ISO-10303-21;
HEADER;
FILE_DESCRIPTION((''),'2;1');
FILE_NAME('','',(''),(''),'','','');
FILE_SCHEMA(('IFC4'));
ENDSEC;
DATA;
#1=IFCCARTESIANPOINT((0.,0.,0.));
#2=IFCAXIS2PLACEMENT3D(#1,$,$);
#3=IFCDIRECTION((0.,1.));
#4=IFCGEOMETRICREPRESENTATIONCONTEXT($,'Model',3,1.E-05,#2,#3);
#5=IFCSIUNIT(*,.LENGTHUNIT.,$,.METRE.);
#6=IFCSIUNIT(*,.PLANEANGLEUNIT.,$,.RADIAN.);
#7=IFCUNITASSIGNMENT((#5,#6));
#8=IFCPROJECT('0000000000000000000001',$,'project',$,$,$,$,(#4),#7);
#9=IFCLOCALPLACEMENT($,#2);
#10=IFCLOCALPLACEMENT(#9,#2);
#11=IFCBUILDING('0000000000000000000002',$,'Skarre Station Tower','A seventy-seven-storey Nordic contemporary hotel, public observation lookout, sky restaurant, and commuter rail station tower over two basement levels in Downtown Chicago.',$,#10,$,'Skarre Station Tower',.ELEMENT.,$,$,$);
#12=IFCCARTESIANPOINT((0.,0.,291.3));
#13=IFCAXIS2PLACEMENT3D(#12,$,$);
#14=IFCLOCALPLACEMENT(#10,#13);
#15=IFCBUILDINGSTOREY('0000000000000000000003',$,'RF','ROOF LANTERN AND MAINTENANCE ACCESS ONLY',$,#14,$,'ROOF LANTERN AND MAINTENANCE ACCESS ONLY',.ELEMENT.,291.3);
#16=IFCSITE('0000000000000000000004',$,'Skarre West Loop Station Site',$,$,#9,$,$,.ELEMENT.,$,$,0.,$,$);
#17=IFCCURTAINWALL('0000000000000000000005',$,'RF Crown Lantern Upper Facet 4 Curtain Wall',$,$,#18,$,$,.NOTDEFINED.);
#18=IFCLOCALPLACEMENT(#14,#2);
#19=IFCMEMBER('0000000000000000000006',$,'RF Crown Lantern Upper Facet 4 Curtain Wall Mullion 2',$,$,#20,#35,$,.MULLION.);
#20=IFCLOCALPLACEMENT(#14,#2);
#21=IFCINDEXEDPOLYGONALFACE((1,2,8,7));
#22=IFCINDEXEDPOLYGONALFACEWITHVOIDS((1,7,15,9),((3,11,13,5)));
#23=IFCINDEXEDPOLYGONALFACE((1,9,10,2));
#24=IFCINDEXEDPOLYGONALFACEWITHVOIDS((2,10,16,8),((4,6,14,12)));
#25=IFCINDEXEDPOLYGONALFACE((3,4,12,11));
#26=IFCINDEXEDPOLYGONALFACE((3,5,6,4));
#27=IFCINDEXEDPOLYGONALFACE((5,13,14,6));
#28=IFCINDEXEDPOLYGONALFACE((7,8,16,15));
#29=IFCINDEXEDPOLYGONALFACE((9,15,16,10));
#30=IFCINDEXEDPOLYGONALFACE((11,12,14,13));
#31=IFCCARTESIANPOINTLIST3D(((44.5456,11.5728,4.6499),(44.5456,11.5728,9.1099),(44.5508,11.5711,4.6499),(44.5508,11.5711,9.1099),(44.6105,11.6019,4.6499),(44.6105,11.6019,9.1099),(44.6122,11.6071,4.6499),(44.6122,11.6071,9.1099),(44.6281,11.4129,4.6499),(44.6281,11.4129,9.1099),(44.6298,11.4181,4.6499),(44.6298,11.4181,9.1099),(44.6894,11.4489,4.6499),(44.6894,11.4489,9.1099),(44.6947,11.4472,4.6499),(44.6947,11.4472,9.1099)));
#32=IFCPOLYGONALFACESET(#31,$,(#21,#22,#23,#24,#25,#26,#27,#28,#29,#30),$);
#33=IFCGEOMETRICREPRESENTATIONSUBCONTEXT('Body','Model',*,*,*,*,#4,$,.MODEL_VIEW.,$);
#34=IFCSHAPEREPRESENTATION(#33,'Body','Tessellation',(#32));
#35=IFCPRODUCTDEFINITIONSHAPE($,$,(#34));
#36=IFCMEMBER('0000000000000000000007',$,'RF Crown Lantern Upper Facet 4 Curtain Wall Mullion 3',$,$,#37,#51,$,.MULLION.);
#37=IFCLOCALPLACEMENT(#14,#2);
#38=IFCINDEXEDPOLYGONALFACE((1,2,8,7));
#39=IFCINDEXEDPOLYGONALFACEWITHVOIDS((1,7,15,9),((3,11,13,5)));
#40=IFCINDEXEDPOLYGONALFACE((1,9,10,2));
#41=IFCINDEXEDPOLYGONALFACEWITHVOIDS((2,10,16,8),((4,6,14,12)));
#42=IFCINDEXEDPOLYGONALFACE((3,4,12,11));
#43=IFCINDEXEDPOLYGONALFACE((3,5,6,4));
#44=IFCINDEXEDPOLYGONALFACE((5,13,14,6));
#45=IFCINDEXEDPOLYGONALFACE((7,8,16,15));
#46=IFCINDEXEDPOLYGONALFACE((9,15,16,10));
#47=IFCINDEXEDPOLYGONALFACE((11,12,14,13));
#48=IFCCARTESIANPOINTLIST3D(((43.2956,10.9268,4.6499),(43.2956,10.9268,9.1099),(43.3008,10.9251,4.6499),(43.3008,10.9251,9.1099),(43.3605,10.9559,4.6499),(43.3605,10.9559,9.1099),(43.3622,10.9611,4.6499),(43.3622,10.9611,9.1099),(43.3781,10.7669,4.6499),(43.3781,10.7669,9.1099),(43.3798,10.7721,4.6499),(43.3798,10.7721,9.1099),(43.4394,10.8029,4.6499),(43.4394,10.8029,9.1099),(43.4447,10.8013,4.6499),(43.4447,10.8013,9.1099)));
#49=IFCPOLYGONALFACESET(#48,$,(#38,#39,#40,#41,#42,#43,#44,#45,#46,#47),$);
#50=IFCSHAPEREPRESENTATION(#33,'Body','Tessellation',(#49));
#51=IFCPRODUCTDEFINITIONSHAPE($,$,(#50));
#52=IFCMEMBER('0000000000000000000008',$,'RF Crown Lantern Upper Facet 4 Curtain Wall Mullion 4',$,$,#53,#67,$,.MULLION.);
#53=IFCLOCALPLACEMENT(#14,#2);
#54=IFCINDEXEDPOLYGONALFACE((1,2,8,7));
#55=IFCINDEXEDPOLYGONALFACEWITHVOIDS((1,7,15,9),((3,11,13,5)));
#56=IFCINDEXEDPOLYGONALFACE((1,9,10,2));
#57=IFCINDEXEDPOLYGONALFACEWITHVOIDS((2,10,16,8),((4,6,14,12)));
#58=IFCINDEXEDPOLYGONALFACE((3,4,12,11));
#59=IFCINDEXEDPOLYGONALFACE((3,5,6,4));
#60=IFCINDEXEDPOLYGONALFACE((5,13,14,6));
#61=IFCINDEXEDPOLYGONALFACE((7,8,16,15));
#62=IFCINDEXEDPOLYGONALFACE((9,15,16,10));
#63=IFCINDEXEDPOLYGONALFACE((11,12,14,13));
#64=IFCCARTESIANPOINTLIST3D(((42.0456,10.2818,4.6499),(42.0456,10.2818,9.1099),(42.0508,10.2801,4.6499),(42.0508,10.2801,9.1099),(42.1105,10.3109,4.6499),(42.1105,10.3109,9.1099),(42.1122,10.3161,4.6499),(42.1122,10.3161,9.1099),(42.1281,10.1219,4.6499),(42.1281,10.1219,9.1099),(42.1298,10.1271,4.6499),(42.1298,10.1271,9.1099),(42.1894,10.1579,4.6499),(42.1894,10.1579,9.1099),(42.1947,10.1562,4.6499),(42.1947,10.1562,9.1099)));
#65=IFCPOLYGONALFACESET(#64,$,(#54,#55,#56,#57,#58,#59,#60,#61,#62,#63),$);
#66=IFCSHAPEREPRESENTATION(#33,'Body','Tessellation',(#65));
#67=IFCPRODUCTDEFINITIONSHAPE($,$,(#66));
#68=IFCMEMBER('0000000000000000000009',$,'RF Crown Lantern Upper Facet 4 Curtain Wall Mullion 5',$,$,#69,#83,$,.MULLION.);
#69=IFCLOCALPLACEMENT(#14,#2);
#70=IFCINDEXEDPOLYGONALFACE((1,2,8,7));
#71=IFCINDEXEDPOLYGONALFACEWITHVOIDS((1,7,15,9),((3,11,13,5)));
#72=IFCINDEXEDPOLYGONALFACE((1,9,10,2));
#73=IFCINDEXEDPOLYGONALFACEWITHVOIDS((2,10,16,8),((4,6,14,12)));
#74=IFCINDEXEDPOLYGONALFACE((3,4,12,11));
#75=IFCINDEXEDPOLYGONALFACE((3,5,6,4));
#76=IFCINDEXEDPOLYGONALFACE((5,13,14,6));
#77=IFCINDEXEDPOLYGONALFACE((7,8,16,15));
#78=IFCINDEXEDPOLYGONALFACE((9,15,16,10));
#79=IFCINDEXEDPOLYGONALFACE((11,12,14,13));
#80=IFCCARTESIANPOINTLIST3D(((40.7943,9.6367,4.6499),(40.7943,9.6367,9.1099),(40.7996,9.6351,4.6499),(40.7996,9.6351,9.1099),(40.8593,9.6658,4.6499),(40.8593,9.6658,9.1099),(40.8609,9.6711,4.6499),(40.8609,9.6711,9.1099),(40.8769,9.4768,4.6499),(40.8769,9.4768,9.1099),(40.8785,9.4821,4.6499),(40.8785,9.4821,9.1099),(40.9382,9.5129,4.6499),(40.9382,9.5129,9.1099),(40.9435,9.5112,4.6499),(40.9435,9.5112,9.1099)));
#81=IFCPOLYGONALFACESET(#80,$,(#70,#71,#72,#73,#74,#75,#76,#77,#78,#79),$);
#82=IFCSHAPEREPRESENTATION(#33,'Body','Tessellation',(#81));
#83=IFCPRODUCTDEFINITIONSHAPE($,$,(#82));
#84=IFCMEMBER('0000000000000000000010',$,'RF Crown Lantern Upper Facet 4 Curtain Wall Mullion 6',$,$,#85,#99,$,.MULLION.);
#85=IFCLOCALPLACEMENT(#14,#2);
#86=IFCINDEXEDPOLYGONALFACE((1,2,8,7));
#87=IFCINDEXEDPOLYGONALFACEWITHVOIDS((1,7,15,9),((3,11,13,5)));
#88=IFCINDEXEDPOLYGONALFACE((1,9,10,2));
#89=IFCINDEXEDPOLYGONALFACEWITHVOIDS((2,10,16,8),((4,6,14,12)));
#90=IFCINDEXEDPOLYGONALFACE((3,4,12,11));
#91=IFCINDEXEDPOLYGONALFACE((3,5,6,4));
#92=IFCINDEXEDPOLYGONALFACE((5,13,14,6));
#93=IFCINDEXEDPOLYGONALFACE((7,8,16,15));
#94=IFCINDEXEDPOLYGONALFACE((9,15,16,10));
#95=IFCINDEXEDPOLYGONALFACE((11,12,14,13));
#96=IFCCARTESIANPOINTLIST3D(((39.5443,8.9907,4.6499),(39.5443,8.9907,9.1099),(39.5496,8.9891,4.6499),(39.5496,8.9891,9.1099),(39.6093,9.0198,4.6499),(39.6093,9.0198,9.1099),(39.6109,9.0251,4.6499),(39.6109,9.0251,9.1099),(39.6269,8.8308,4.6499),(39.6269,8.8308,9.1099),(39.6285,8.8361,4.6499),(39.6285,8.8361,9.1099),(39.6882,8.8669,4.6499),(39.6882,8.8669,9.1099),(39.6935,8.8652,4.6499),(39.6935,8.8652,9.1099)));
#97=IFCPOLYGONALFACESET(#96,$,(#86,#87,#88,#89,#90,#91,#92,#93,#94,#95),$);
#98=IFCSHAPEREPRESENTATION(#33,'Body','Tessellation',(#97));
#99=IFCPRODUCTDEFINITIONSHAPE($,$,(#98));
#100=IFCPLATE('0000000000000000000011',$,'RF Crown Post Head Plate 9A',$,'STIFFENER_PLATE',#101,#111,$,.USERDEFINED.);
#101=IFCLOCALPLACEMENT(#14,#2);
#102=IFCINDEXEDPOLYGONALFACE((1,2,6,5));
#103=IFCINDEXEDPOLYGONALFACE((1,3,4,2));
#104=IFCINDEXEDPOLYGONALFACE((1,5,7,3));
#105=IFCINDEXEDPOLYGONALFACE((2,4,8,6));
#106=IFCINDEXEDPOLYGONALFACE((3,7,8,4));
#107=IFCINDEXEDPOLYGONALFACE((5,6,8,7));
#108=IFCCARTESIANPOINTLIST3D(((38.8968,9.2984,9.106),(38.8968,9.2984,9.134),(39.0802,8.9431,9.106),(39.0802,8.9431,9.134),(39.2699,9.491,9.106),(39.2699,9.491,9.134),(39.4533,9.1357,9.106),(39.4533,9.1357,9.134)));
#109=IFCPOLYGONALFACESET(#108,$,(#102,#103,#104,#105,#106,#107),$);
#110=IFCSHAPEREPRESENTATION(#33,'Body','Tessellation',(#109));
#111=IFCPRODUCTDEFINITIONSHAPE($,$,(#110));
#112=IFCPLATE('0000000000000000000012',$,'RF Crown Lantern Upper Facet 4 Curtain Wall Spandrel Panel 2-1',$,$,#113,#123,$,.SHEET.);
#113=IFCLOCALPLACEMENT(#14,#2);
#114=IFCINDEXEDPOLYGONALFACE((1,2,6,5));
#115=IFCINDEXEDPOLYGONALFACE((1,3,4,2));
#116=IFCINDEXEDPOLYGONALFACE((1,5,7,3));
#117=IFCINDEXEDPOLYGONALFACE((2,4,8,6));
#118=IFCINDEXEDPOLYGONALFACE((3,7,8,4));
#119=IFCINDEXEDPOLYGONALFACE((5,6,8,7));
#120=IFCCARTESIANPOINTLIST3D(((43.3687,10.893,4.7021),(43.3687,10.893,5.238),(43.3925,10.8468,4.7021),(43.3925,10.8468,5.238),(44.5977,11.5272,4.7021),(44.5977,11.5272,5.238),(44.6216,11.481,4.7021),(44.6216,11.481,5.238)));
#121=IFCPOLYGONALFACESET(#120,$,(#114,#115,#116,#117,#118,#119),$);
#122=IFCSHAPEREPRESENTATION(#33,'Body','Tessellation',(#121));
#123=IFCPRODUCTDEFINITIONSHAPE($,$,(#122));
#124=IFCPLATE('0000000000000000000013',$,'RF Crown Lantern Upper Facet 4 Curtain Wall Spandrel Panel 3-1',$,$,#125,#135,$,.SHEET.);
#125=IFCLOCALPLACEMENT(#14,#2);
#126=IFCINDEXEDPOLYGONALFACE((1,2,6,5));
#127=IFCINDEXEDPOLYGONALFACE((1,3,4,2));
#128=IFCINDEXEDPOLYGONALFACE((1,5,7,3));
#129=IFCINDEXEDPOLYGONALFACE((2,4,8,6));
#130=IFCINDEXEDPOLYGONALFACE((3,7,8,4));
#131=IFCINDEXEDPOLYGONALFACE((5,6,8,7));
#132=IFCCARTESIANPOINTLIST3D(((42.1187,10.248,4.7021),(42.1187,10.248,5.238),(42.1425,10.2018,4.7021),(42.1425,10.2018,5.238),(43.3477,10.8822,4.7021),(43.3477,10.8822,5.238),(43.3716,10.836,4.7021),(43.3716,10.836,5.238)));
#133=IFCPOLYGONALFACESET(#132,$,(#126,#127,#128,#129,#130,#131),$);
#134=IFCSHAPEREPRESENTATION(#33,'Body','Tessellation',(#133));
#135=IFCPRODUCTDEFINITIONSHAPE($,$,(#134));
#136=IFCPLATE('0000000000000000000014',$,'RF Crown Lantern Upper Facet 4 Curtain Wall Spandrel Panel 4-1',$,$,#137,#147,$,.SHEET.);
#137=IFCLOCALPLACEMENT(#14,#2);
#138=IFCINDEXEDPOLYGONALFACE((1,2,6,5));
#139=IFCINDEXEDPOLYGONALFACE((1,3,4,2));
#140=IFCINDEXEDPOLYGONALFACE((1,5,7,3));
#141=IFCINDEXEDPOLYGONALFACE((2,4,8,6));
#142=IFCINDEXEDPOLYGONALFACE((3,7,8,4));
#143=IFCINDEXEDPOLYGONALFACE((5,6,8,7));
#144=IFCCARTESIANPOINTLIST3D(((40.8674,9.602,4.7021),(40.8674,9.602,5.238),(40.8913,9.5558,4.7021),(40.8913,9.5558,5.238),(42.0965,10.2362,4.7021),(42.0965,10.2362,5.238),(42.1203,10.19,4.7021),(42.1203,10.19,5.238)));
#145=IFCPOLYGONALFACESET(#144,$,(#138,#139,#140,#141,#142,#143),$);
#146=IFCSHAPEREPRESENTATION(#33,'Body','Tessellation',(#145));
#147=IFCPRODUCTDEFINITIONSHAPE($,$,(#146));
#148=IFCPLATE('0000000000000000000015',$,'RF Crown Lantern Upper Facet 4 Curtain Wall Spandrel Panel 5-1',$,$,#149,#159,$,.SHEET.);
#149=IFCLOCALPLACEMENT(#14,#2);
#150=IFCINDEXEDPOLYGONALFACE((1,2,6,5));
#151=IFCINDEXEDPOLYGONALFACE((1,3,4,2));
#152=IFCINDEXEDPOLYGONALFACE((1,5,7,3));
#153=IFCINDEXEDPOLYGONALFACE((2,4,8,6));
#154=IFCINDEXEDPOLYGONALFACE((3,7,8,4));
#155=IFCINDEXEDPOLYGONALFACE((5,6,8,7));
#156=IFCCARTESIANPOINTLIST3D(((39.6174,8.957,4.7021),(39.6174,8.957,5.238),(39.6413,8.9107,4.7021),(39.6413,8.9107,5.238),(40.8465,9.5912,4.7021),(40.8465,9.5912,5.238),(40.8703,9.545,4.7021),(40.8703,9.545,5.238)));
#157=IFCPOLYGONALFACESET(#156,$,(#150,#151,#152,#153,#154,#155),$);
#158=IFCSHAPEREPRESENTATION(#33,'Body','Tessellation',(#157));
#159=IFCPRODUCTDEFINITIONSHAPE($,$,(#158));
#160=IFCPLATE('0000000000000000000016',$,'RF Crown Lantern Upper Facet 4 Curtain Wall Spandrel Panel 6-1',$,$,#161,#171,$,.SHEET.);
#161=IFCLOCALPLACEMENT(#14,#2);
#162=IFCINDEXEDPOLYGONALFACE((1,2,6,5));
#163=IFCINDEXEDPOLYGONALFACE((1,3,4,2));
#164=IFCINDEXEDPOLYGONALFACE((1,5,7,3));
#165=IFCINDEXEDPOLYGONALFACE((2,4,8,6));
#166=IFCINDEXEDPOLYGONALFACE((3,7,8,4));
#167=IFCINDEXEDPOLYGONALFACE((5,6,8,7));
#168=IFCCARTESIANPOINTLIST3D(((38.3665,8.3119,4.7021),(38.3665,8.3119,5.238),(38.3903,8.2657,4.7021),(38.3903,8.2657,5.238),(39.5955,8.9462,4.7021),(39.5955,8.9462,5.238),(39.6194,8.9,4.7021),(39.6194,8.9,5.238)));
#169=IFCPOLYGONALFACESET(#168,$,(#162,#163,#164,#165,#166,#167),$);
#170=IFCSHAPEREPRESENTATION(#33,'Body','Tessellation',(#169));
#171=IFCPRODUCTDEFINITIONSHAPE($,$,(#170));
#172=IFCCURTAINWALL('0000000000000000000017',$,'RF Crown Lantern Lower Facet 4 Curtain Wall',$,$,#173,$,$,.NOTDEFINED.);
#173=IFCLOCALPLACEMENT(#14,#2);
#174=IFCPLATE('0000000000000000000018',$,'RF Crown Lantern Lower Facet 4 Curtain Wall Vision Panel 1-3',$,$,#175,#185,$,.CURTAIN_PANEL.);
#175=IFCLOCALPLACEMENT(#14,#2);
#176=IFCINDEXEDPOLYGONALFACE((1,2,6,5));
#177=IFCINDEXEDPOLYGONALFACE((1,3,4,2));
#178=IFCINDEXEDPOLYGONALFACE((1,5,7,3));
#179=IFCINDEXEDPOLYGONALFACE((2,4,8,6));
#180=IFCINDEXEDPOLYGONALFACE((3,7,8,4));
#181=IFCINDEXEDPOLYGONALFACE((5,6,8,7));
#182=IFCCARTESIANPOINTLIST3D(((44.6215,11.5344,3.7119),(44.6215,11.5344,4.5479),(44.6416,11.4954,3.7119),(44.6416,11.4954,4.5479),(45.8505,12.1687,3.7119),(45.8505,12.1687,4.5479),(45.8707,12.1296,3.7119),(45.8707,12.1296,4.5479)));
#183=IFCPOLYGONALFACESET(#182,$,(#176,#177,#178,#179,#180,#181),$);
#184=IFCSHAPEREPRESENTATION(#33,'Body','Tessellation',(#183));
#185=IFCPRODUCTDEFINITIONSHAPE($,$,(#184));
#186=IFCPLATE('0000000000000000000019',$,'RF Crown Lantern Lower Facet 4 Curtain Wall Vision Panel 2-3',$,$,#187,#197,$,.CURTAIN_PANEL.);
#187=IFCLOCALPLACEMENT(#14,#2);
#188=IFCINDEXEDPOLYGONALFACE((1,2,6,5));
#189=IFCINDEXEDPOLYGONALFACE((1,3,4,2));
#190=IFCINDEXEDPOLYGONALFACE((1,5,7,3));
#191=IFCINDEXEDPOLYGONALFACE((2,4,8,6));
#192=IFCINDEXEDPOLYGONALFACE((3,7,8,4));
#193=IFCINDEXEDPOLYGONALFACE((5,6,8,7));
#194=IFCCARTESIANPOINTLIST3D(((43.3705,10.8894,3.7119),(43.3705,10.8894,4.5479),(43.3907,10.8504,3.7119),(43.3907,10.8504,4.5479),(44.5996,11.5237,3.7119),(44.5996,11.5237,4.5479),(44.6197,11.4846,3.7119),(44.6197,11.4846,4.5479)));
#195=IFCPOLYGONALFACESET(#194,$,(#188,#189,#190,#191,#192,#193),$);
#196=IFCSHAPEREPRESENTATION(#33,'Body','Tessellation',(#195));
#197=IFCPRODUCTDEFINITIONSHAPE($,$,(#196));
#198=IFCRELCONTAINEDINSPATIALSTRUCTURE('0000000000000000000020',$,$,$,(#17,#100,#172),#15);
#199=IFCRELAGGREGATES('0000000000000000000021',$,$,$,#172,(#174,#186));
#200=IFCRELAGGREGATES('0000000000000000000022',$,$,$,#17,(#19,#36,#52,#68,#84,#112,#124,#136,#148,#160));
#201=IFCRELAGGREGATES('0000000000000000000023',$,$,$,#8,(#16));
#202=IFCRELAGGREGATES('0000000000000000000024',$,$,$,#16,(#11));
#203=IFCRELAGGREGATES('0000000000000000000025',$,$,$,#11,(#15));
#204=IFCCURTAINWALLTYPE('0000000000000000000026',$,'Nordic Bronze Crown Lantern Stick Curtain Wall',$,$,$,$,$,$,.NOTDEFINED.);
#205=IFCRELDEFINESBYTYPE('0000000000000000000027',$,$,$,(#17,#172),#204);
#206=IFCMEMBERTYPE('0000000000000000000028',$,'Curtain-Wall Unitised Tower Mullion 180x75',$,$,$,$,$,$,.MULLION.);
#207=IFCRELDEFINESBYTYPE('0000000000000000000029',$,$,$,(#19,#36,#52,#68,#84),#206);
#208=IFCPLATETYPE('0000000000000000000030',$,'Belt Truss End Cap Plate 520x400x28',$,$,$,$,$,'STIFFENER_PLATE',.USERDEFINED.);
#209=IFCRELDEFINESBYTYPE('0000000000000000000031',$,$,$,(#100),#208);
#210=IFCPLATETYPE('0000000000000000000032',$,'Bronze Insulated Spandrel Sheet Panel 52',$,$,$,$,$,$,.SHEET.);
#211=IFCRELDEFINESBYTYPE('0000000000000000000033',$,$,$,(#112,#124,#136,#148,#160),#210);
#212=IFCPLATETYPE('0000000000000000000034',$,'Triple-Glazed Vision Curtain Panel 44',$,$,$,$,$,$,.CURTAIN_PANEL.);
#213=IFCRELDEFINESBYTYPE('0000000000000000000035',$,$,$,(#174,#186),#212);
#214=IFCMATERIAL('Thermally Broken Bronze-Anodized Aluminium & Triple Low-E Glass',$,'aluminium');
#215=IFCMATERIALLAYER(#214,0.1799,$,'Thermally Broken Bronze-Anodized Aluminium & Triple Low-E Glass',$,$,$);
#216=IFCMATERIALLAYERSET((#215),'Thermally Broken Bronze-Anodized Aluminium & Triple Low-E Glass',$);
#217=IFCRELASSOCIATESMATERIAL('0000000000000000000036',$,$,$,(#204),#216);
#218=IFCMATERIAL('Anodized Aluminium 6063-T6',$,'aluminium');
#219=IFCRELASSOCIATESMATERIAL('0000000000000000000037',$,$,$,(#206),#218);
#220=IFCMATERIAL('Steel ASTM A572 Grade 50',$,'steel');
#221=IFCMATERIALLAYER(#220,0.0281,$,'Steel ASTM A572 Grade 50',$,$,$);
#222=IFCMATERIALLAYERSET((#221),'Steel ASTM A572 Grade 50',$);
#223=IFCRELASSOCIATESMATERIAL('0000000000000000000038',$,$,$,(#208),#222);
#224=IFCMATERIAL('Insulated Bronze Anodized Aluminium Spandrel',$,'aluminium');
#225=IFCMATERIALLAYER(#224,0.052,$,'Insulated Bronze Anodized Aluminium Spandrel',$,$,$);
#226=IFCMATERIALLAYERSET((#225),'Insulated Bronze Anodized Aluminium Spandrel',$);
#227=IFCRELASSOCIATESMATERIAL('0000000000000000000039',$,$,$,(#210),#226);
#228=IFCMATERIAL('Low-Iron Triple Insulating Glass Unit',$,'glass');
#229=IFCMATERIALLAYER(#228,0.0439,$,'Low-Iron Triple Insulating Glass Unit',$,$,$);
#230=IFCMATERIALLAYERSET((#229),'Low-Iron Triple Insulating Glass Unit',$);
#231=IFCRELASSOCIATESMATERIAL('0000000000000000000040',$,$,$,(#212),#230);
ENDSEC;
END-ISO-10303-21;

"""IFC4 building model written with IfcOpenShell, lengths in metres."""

from ifc_helpers import new_model, si_unit, direction, frame, origin, origin_2d, place, context, subcontext, project, spatial, rectangle, hollow_rectangle, extrude, material, layer, layer_set, material_profile, profile_set, type_object, element, aggregate, save


model = new_model("IFC4")

# Units and contexts
model_context = context("Model", 3, precision=1e-05, world=origin(), true_north=direction((0.0, 1.0)))
body_context = subcontext(model_context, "Body", "Model", "MODEL_VIEW")
ifc_project = project(units=[si_unit("LENGTHUNIT", "METRE"), si_unit("PLANEANGLEUNIT", "RADIAN")], contexts=[model_context])

# Site, building, storey
site_placement = place(None, origin())
site = spatial("IfcSite", under=ifc_project, at=site_placement, Name="Skarre West Loop Station Site", CompositionType="ELEMENT", RefElevation=0.0)
building_placement = place(site_placement, origin())
building = spatial("IfcBuilding", under=site, at=building_placement, Name="Skarre Station Tower", Description="A seventy-seven-storey Nordic contemporary hotel, public observation lookout, sky restaurant, and commuter rail station tower over two basement levels in Downtown Chicago.", LongName="Skarre Station Tower", CompositionType="ELEMENT")
storey_placement = place(building_placement, frame((0.0, 0.0, 291.3)))
storey = spatial("IfcBuildingStorey", under=building, at=storey_placement, Name="RF", Description="ROOF LANTERN AND MAINTENANCE ACCESS ONLY", LongName="ROOF LANTERN AND MAINTENANCE ACCESS ONLY", CompositionType="ELEMENT", Elevation=291.3)

# Curtain wall, members
ifc_material_1 = material(Name="Thermally Broken Bronze-Anodized Aluminium & Triple Low-E Glass", Category="aluminium")
ifc_layer_1 = layer(ifc_material_1, 0.1799, Name="Thermally Broken Bronze-Anodized Aluminium & Triple Low-E Glass")
ifc_layer_set_1 = layer_set([ifc_layer_1], Name="Thermally Broken Bronze-Anodized Aluminium & Triple Low-E Glass")
curtain_wall_type = type_object("IfcCurtainWallType", Name="Nordic Bronze Crown Lantern Stick Curtain Wall", PredefinedType="NOTDEFINED", material=ifc_layer_set_1)
curtain_wall_1_placement = place(storey_placement, origin())
curtain_wall_1 = element("IfcCurtainWall", 1, at=curtain_wall_1_placement, inside=storey, type_object=curtain_wall_type, Name="RF Crown Lantern Upper Facet 4 Curtain Wall", PredefinedType="NOTDEFINED")
ifc_material_2 = material(Name="Anodized Aluminium 6063-T6", Category="aluminium")
ifc_material_profile = material_profile(ifc_material_2, hollow_rectangle(XDim=0.075, YDim=0.1799, WallThickness=0.0039, at=origin_2d()), Name="Anodized Aluminium 6063-T6")
ifc_profile_set = profile_set([ifc_material_profile], Name="Anodized Aluminium 6063-T6")
member_type = type_object("IfcMemberType", Name="Curtain-Wall Unitised Tower Mullion 180x75", PredefinedType="MULLION", material=ifc_profile_set)
member_1_placement = place(storey_placement, frame((44.6201, 11.51, 4.6499), z_axis=(0.0, 0.0, 1.0), x_axis=(-0.888649, -0.458588, 0.0)))
member_1 = element("IfcMember", 2, at=member_1_placement, type_object=member_type, Name="RF Crown Lantern Upper Facet 4 Curtain Wall Mullion 2", PredefinedType="MULLION", context=body_context, shape_type="SweptSolid", body=[
    extrude(hollow_rectangle(XDim=0.075, YDim=0.1799, WallThickness=0.0039, at=origin_2d()), origin(), (0.0, 0.0, 1.0), 4.46),
])
member_2_placement = place(storey_placement, frame((43.3701, 10.864, 4.6499), z_axis=(0.0, 0.0, 1.0), x_axis=(-0.888649, -0.458588, 0.0)))
member_2 = element("IfcMember", 3, at=member_2_placement, type_object=member_type, Name="RF Crown Lantern Upper Facet 4 Curtain Wall Mullion 3", PredefinedType="MULLION", context=body_context, shape_type="SweptSolid", body=[
    extrude(hollow_rectangle(XDim=0.075, YDim=0.1799, WallThickness=0.0039, at=origin_2d()), origin(), (0.0, 0.0, 1.0), 4.46),
])
member_3_placement = place(storey_placement, frame((42.1201, 10.219, 4.6499), z_axis=(0.0, 0.0, 1.0), x_axis=(-0.888649, -0.458588, 0.0)))
member_3 = element("IfcMember", 4, at=member_3_placement, type_object=member_type, Name="RF Crown Lantern Upper Facet 4 Curtain Wall Mullion 4", PredefinedType="MULLION", context=body_context, shape_type="SweptSolid", body=[
    extrude(hollow_rectangle(XDim=0.075, YDim=0.1799, WallThickness=0.0039, at=origin_2d()), origin(), (0.0, 0.0, 1.0), 4.46),
])
member_4_placement = place(storey_placement, frame((40.8689, 9.574, 4.6499), z_axis=(0.0, 0.0, 1.0), x_axis=(-0.888649, -0.458588, 0.0)))
member_4 = element("IfcMember", 5, at=member_4_placement, type_object=member_type, Name="RF Crown Lantern Upper Facet 4 Curtain Wall Mullion 5", PredefinedType="MULLION", context=body_context, shape_type="SweptSolid", body=[
    extrude(hollow_rectangle(XDim=0.075, YDim=0.1799, WallThickness=0.0039, at=origin_2d()), origin(), (0.0, 0.0, 1.0), 4.46),
])
member_5_placement = place(storey_placement, frame((39.6189, 8.928, 4.6499), z_axis=(0.0, 0.0, 1.0), x_axis=(-0.888649, -0.458588, 0.0)))
member_5 = element("IfcMember", 6, at=member_5_placement, type_object=member_type, Name="RF Crown Lantern Upper Facet 4 Curtain Wall Mullion 6", PredefinedType="MULLION", context=body_context, shape_type="SweptSolid", body=[
    extrude(hollow_rectangle(XDim=0.075, YDim=0.1799, WallThickness=0.0039, at=origin_2d()), origin(), (0.0, 0.0, 1.0), 4.46),
])

# Plates
ifc_material_3 = material(Name="Steel ASTM A572 Grade 50", Category="steel")
ifc_layer_2 = layer(ifc_material_3, 0.0281, Name="Steel ASTM A572 Grade 50")
ifc_layer_set_2 = layer_set([ifc_layer_2], Name="Steel ASTM A572 Grade 50")
plate_type_1 = type_object("IfcPlateType", Name="Belt Truss End Cap Plate 520x400x28", ElementType="STIFFENER_PLATE", PredefinedType="USERDEFINED", material=ifc_layer_set_2)
plate_1_placement = place(storey_placement, frame((39.175, 9.217, 9.106), z_axis=(0.0, 0.0, 1.0), x_axis=(0.888601, 0.458681, 0.0)))
element("IfcPlate", 7, at=plate_1_placement, inside=storey, type_object=plate_type_1, Name="RF Crown Post Head Plate 9A", ObjectType="STIFFENER_PLATE", PredefinedType="USERDEFINED", context=body_context, shape_type="SweptSolid", body=[
    extrude(rectangle(XDim=0.4199, YDim=0.3999, at=origin_2d()), origin(), (0.0, 0.0, 1.0), 0.0281),
])
ifc_material_4 = material(Name="Insulated Bronze Anodized Aluminium Spandrel", Category="aluminium")
ifc_layer_3 = layer(ifc_material_4, 0.052, Name="Insulated Bronze Anodized Aluminium Spandrel")
ifc_layer_set_3 = layer_set([ifc_layer_3], Name="Insulated Bronze Anodized Aluminium Spandrel")
plate_type_2 = type_object("IfcPlateType", Name="Bronze Insulated Spandrel Sheet Panel 52", PredefinedType="SHEET", material=ifc_layer_set_3)
plate_2_placement = place(storey_placement, frame((43.9951, 11.187, 4.7021), z_axis=(0.0, 0.0, 1.0), x_axis=(-0.888649, -0.458588, 0.0)))
plate_2 = element("IfcPlate", 8, at=plate_2_placement, type_object=plate_type_2, Name="RF Crown Lantern Upper Facet 4 Curtain Wall Spandrel Panel 2-1", PredefinedType="SHEET", context=body_context, shape_type="SweptSolid", body=[
    extrude(rectangle(XDim=1.3831, YDim=0.052, at=origin_2d()), origin(), (0.0, 0.0, 1.0), 0.5359),
])
plate_3_placement = place(storey_placement, frame((42.7451, 10.542, 4.7021), z_axis=(0.0, 0.0, 1.0), x_axis=(-0.888649, -0.458588, 0.0)))
plate_3 = element("IfcPlate", 9, at=plate_3_placement, type_object=plate_type_2, Name="RF Crown Lantern Upper Facet 4 Curtain Wall Spandrel Panel 3-1", PredefinedType="SHEET", context=body_context, shape_type="SweptSolid", body=[
    extrude(rectangle(XDim=1.3831, YDim=0.052, at=origin_2d()), origin(), (0.0, 0.0, 1.0), 0.5359),
])
plate_4_placement = place(storey_placement, frame((41.4939, 9.896, 4.7021), z_axis=(0.0, 0.0, 1.0), x_axis=(-0.888649, -0.458588, 0.0)))
plate_4 = element("IfcPlate", 10, at=plate_4_placement, type_object=plate_type_2, Name="RF Crown Lantern Upper Facet 4 Curtain Wall Spandrel Panel 4-1", PredefinedType="SHEET", context=body_context, shape_type="SweptSolid", body=[
    extrude(rectangle(XDim=1.3831, YDim=0.052, at=origin_2d()), origin(), (0.0, 0.0, 1.0), 0.5359),
])
plate_5_placement = place(storey_placement, frame((40.2439, 9.251, 4.7021), z_axis=(0.0, 0.0, 1.0), x_axis=(-0.888649, -0.458588, 0.0)))
plate_5 = element("IfcPlate", 11, at=plate_5_placement, type_object=plate_type_2, Name="RF Crown Lantern Upper Facet 4 Curtain Wall Spandrel Panel 5-1", PredefinedType="SHEET", context=body_context, shape_type="SweptSolid", body=[
    extrude(rectangle(XDim=1.3831, YDim=0.052, at=origin_2d()), origin(), (0.0, 0.0, 1.0), 0.5359),
])
plate_6_placement = place(storey_placement, frame((38.9929, 8.606, 4.7021), z_axis=(0.0, 0.0, 1.0), x_axis=(-0.888649, -0.458588, 0.0)))
plate_6 = element("IfcPlate", 12, at=plate_6_placement, type_object=plate_type_2, Name="RF Crown Lantern Upper Facet 4 Curtain Wall Spandrel Panel 6-1", PredefinedType="SHEET", context=body_context, shape_type="SweptSolid", body=[
    extrude(rectangle(XDim=1.3831, YDim=0.052, at=origin_2d()), origin(), (0.0, 0.0, 1.0), 0.5359),
])

# Curtain wall, plates
curtain_wall_2_placement = place(storey_placement, origin())
curtain_wall_2 = element("IfcCurtainWall", 13, at=curtain_wall_2_placement, inside=storey, type_object=curtain_wall_type, Name="RF Crown Lantern Lower Facet 4 Curtain Wall", PredefinedType="NOTDEFINED")
ifc_material_5 = material(Name="Low-Iron Triple Insulating Glass Unit", Category="glass")
ifc_layer_4 = layer(ifc_material_5, 0.0439, Name="Low-Iron Triple Insulating Glass Unit")
ifc_layer_set_4 = layer_set([ifc_layer_4], Name="Low-Iron Triple Insulating Glass Unit")
plate_type_3 = type_object("IfcPlateType", Name="Triple-Glazed Vision Curtain Panel 44", PredefinedType="CURTAIN_PANEL", material=ifc_layer_set_4)
plate_7_placement = place(storey_placement, frame((45.2461, 11.832, 3.7119), z_axis=(0.0, 0.0, 1.0), x_axis=(-0.888649, -0.458588, 0.0)))
plate_7 = element("IfcPlate", 14, at=plate_7_placement, type_object=plate_type_3, Name="RF Crown Lantern Lower Facet 4 Curtain Wall Vision Panel 1-3", PredefinedType="CURTAIN_PANEL", context=body_context, shape_type="SweptSolid", body=[
    extrude(rectangle(XDim=1.3831, YDim=0.0439, at=origin_2d()), origin(), (0.0, 0.0, 1.0), 0.8359),
])
plate_8_placement = place(storey_placement, frame((43.9951, 11.187, 3.7119), z_axis=(0.0, 0.0, 1.0), x_axis=(-0.888649, -0.458588, 0.0)))
plate_8 = element("IfcPlate", 15, at=plate_8_placement, type_object=plate_type_3, Name="RF Crown Lantern Lower Facet 4 Curtain Wall Vision Panel 2-3", PredefinedType="CURTAIN_PANEL", context=body_context, shape_type="SweptSolid", body=[
    extrude(rectangle(XDim=1.3831, YDim=0.0439, at=origin_2d()), origin(), (0.0, 0.0, 1.0), 0.8359),
])
aggregate(curtain_wall_2, [plate_7, plate_8])

aggregate(curtain_wall_1, [member_1, member_2, member_3, member_4, member_5, plate_2, plate_3, plate_4, plate_5, plate_6])

save(model, "model.ifc")
